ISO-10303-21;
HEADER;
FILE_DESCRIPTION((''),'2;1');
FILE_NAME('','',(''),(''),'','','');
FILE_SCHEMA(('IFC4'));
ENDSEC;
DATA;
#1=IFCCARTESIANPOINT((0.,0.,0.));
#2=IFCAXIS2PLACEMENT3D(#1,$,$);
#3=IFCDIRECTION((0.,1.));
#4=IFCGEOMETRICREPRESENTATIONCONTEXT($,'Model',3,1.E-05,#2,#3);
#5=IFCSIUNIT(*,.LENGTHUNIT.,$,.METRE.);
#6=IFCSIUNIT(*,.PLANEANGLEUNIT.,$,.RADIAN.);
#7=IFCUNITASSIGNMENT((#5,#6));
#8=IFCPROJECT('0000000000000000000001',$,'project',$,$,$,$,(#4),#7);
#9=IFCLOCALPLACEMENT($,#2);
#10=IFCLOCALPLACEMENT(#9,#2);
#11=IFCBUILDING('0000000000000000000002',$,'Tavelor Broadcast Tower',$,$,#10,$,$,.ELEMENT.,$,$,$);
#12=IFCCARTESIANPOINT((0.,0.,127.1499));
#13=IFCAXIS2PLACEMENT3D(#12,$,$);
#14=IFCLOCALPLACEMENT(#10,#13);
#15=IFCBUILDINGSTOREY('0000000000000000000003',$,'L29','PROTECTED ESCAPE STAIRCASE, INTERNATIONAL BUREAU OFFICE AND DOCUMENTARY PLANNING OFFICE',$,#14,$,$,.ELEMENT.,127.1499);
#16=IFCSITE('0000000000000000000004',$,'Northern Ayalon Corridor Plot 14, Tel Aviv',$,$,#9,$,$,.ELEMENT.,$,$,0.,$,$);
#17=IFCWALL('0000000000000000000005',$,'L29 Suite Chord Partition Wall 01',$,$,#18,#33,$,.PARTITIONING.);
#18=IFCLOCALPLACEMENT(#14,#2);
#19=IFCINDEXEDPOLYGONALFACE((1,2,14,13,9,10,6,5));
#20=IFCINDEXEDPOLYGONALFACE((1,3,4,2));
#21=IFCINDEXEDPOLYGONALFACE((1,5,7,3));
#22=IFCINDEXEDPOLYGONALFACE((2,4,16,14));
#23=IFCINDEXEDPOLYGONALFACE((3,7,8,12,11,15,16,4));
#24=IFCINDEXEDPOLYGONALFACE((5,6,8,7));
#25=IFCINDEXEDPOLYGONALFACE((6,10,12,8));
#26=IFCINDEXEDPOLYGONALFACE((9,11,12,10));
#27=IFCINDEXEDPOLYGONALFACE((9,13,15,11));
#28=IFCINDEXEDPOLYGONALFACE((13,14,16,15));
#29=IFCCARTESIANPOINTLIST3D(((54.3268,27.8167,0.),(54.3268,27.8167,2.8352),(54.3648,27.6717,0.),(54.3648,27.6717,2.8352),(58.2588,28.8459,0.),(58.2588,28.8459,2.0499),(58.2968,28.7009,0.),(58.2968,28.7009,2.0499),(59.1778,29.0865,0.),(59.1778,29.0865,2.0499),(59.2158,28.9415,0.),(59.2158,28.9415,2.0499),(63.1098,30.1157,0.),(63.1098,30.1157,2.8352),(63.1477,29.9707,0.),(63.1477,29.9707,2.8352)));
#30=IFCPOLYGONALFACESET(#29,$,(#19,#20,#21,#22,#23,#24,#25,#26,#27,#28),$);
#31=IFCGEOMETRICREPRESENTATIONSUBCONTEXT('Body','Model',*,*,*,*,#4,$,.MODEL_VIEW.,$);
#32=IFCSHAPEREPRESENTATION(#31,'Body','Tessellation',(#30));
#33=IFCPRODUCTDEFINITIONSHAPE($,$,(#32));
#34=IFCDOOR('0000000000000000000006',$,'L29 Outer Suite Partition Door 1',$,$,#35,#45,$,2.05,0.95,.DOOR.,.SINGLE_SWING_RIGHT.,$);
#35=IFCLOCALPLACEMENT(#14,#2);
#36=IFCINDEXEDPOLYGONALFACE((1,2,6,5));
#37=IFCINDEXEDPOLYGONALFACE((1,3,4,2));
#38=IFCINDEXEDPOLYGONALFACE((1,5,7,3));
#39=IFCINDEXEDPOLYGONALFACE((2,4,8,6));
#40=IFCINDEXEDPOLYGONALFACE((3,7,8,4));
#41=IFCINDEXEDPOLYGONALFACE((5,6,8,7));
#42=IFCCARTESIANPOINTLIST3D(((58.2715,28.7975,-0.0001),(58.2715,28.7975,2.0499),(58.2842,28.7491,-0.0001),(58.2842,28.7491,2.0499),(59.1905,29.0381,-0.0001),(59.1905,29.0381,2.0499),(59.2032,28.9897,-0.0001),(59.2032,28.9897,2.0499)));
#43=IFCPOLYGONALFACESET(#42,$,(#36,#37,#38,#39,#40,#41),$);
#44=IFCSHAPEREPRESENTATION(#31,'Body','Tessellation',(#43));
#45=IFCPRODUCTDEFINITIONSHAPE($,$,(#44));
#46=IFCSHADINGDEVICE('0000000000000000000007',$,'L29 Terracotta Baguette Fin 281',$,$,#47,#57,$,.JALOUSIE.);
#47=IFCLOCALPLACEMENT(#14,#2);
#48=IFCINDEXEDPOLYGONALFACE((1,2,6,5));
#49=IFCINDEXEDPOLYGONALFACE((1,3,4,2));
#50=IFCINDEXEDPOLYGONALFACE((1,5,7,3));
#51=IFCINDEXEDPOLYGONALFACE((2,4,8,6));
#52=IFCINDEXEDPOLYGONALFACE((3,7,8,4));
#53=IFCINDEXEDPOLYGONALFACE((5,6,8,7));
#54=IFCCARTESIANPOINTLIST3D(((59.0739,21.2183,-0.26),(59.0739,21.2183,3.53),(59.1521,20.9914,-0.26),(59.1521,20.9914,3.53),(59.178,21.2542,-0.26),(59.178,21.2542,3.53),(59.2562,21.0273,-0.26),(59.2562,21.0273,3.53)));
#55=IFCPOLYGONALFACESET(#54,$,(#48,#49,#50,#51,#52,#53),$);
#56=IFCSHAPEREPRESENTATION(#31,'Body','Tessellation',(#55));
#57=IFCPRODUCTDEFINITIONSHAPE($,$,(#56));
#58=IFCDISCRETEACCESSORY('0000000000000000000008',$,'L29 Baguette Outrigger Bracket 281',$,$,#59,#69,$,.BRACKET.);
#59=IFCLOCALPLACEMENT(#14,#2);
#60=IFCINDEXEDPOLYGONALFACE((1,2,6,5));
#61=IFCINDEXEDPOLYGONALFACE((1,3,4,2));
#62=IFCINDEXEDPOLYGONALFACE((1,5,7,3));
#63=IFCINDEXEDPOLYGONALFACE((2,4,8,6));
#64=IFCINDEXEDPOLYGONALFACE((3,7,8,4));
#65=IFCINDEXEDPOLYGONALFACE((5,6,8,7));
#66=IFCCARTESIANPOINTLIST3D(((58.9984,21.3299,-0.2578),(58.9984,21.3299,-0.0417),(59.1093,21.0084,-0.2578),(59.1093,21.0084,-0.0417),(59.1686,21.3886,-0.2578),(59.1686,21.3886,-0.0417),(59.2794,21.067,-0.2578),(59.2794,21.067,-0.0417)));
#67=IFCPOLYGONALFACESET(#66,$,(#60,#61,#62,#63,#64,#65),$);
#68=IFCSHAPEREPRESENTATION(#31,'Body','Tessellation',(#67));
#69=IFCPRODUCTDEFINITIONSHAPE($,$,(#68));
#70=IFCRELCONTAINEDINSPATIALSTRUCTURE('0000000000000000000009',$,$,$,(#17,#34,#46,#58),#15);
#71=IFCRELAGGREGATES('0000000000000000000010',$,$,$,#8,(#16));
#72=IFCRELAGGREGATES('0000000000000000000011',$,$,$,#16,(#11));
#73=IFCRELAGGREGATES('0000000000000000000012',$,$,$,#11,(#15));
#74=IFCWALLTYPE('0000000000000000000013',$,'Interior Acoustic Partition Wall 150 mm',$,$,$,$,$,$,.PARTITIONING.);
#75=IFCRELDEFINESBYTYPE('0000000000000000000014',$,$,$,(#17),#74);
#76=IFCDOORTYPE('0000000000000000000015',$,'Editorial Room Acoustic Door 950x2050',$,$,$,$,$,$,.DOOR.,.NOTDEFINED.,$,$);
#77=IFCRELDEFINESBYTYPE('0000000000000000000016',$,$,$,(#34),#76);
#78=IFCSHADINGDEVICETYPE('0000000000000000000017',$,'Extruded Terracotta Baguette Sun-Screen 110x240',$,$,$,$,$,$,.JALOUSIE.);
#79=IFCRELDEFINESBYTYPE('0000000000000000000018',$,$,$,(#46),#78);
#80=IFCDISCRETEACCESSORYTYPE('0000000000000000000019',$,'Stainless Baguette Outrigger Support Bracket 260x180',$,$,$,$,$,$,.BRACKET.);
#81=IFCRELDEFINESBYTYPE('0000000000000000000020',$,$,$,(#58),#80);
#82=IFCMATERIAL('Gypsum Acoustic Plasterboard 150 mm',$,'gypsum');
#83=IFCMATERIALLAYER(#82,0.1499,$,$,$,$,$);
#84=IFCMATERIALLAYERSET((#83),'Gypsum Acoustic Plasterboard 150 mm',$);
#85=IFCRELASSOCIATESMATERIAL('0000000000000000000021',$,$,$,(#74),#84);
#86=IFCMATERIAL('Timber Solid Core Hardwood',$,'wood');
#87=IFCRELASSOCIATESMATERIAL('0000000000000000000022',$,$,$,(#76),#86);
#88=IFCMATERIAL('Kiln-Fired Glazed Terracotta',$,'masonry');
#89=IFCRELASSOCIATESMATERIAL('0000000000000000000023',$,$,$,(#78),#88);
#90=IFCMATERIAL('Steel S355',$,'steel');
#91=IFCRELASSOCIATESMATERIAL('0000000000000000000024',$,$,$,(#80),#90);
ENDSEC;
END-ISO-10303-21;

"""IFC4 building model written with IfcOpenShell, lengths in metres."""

from ifc_helpers import new_model, si_unit, direction, frame, frame_2d, origin, origin_2d, place, context, subcontext, project, spatial, rectangle, extrude, source, transform, mapped, material, layer, layer_set, type_object, type_shapes, element, fill, save


model = new_model("IFC4")

# Units and contexts
model_context = context("Model", 3, precision=1e-05, world=origin(), true_north=direction((0.0, 1.0)))
body_context = subcontext(model_context, "Body", "Model", "MODEL_VIEW")
ifc_project = project(units=[si_unit("LENGTHUNIT", "METRE"), si_unit("PLANEANGLEUNIT", "RADIAN")], contexts=[model_context])

# Site, building, storey
site_placement = place(None, origin())
site = spatial("IfcSite", under=ifc_project, at=site_placement, Name="Northern Ayalon Corridor Plot 14, Tel Aviv", CompositionType="ELEMENT", RefElevation=0.0)
building_placement = place(site_placement, origin())
building = spatial("IfcBuilding", under=site, at=building_placement, Name="Tavelor Broadcast Tower", CompositionType="ELEMENT")
storey_placement = place(building_placement, frame((0.0, 0.0, 127.1499)))
storey = spatial("IfcBuildingStorey", under=building, at=storey_placement, Name="L29", Description="PROTECTED ESCAPE STAIRCASE, INTERNATIONAL BUREAU OFFICE AND DOCUMENTARY PLANNING OFFICE", CompositionType="ELEMENT", Elevation=127.1499)

# Shared definitions
ifc_material_1 = material(Name="Steel S355", Category="steel")

# Shared definitions
ifc_material_2 = material(Name="Gypsum Acoustic Plasterboard 150 mm", Category="gypsum")
ifc_layer_1 = layer(ifc_material_2, 0.1499)
ifc_layer_set_1 = layer_set([ifc_layer_1], Name="Gypsum Acoustic Plasterboard 150 mm")
wall_type = type_object("IfcWallType", Name="Interior Acoustic Partition Wall 150 mm", PredefinedType="PARTITIONING", material=ifc_layer_set_1)

# Wall, opening, door
wall_1_placement = place(storey_placement, frame((54.3457, 27.7441, 0.0), z_axis=(0.0, 0.0, 1.0), x_axis=(0.967405, 0.253233, 0.0)))
wall_1 = element("IfcWall", 1, at=wall_1_placement, inside=storey, type_object=wall_type, Name="L29 Suite Chord Partition Wall 01", PredefinedType="PARTITIONING", context=body_context, shape_type="SweptSolid", body=[
    extrude(rectangle(XDim=9.0789, YDim=0.1499, at=frame_2d((4.5396, 0.0))), origin(), (0.0, 0.0, 1.0), 2.8352),
])
opening_placement = place(wall_1_placement, frame((4.0645, 0.0, 0.0)))
opening = element("IfcOpeningElement", 2, at=opening_placement, cuts=wall_1, PredefinedType="OPENING", context=body_context, shape_type="SweptSolid", body=[
    extrude(rectangle(XDim=0.95, YDim=2.05, at=frame_2d((0.4751, 1.0249))), frame((0.0, 0.085, 0.0), z_axis=(0.0, -1.0, 0.0), x_axis=(1.0, 0.0, 0.0)), (0.0, 0.0, 1.0), 0.1699),
])
ifc_material_3 = material(Name="Timber Solid Core Hardwood", Category="wood")
door_type = type_object("IfcDoorType", Name="Editorial Room Acoustic Door 950x2050", OperationType="NOTDEFINED", PredefinedType="DOOR", material=ifc_material_3)
door_placement = place(opening_placement, origin())
door = element("IfcDoor", 3, at=door_placement, inside=storey, type_object=door_type, Name="L29 Outer Suite Partition Door 1", OperationType="SINGLE_SWING_RIGHT", OverallHeight=2.05, OverallWidth=0.95, PredefinedType="DOOR", context=body_context, shape_type="SweptSolid", body=[
    extrude(rectangle(XDim=0.95, YDim=2.05, at=frame_2d((0.4751, 1.0249))), frame((0.0, 0.0249, 0.0), z_axis=(0.0, -1.0, 0.0), x_axis=(1.0, 0.0, 0.0)), (0.0, 0.0, 1.0), 0.05),
])
fill(opening, door)

# Shading device
ifc_material_4 = material(Name="Kiln-Fired Glazed Terracotta", Category="masonry")
shading_device_type = type_object("IfcShadingDeviceType", Name="Extruded Terracotta Baguette Sun-Screen 110x240", PredefinedType="JALOUSIE", material=ifc_material_4)
shared_shape_1 = source(origin(), body_context, "Body", "SweptSolid", [
    extrude(rectangle(XDim=0.1101, YDim=0.24, at=origin_2d()), origin(), (0.0, 0.0, 1.0), 3.79),
])
type_shapes(shading_device_type, [shared_shape_1])
shading_device_placement = place(storey_placement, frame((59.165, 21.1228, -0.26), z_axis=(0.0, 0.0, 1.0), x_axis=(0.945405, 0.325898, 0.0)))
element("IfcShadingDevice", 4, at=shading_device_placement, inside=storey, type_object=shading_device_type, Name="L29 Terracotta Baguette Fin 281", PredefinedType="JALOUSIE", context=body_context, shape_type="MappedRepresentation", body=[
    mapped(shared_shape_1, transform((0.0, 0.0, 0.0), scale=1.0)),
])

# Discrete accessory
discrete_accessory_type = type_object("IfcDiscreteAccessoryType", Name="Stainless Baguette Outrigger Support Bracket 260x180", PredefinedType="BRACKET", material=ifc_material_1)
shared_shape_2 = source(origin(), body_context, "Body", "SweptSolid", [
    extrude(rectangle(XDim=0.1799, YDim=0.3401, at=origin_2d()), origin(), (0.0, 0.0, 1.0), 0.2161),
])
type_shapes(discrete_accessory_type, [shared_shape_2])
discrete_accessory_placement = place(storey_placement, frame((59.1389, 21.1985, -0.2578), z_axis=(0.0, 0.0, 1.0), x_axis=(0.945405, 0.325898, 0.0)))
element("IfcDiscreteAccessory", 5, at=discrete_accessory_placement, inside=storey, type_object=discrete_accessory_type, Name="L29 Baguette Outrigger Bracket 281", PredefinedType="BRACKET", context=body_context, shape_type="MappedRepresentation", body=[
    mapped(shared_shape_2, transform((0.0, 0.0, 0.0), scale=1.0)),
])

save(model, "model.ifc")
